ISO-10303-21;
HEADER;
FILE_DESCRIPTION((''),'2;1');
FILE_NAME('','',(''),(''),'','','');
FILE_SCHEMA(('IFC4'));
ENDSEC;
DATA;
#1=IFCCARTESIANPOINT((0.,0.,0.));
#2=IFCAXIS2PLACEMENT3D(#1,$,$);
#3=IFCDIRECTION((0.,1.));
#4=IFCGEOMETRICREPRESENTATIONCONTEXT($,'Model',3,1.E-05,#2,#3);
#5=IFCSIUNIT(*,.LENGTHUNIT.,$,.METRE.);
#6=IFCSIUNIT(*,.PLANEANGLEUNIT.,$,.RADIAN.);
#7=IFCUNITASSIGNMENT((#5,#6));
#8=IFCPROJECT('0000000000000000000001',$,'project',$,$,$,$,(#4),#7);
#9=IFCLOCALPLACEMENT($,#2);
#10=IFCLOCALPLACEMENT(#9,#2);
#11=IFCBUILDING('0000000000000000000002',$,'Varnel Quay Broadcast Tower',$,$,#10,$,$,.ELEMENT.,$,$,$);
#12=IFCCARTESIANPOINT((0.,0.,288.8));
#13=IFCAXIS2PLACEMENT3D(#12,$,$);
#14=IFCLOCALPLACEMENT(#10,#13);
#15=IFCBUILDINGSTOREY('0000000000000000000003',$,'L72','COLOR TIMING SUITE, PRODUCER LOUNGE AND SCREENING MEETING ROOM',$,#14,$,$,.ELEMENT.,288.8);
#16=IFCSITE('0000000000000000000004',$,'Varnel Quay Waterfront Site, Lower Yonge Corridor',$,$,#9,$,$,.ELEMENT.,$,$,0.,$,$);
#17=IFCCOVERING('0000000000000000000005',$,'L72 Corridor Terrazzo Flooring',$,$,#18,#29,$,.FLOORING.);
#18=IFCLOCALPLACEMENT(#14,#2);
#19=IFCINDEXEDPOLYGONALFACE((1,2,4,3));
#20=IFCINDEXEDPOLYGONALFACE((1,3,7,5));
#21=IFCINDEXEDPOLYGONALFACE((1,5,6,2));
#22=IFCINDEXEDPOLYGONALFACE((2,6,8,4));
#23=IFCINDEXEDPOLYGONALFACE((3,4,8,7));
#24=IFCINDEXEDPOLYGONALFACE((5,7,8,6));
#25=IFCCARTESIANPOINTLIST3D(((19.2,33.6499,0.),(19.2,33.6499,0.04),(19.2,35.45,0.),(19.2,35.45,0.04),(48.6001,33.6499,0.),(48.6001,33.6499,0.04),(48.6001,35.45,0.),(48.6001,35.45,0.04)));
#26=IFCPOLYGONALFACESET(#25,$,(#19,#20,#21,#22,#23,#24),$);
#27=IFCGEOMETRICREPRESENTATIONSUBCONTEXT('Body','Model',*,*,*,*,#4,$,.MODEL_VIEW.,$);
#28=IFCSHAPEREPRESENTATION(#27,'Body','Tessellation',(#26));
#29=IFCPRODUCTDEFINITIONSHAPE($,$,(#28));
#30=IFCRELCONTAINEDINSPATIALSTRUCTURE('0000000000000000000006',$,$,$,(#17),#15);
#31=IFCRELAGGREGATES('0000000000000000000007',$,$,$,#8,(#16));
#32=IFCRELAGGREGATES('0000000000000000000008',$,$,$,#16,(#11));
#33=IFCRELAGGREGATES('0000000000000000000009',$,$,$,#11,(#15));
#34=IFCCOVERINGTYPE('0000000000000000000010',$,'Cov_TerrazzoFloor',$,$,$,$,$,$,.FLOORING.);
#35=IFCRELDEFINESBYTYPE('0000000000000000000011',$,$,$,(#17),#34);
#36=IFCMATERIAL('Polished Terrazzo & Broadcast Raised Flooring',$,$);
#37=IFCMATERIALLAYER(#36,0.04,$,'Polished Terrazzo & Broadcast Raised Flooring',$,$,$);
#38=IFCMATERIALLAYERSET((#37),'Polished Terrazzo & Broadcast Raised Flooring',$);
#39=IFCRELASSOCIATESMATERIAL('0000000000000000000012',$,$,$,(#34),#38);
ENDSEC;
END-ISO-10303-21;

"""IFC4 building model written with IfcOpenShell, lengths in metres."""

from ifc_helpers import new_model, si_unit, direction, frame, origin, place, context, subcontext, project, spatial, polyline, outline, extrude, material, layer, layer_set, type_object, element, save


model = new_model("IFC4")

# Units and contexts
model_context = context("Model", 3, precision=1e-05, world=origin(), true_north=direction((0.0, 1.0)))
body_context = subcontext(model_context, "Body", "Model", "MODEL_VIEW")
ifc_project = project(units=[si_unit("LENGTHUNIT", "METRE"), si_unit("PLANEANGLEUNIT", "RADIAN")], contexts=[model_context])

# Site, building, storey
site_placement = place(None, origin())
site = spatial("IfcSite", under=ifc_project, at=site_placement, Name="Varnel Quay Waterfront Site, Lower Yonge Corridor", CompositionType="ELEMENT", RefElevation=0.0)
building_placement = place(site_placement, origin())
building = spatial("IfcBuilding", under=site, at=building_placement, Name="Varnel Quay Broadcast Tower", CompositionType="ELEMENT")
storey_placement = place(building_placement, frame((0.0, 0.0, 288.8)))
storey = spatial("IfcBuildingStorey", under=building, at=storey_placement, Name="L72", Description="COLOR TIMING SUITE, PRODUCER LOUNGE AND SCREENING MEETING ROOM", CompositionType="ELEMENT", Elevation=288.8)

# Covering
ifc_material_1 = material(Name="Polished Terrazzo & Broadcast Raised Flooring")
ifc_layer_1 = layer(ifc_material_1, 0.04, Name="Polished Terrazzo & Broadcast Raised Flooring")
ifc_layer_set_1 = layer_set([ifc_layer_1], Name="Polished Terrazzo & Broadcast Raised Flooring")
covering_type_1 = type_object("IfcCoveringType", Name="Cov_TerrazzoFloor", PredefinedType="FLOORING", material=ifc_layer_set_1)
covering_1_placement = place(storey_placement, origin())
element("IfcCovering", 1, at=covering_1_placement, inside=storey, type_object=covering_type_1, Name="L72 Corridor Terrazzo Flooring", PredefinedType="FLOORING", context=body_context, shape_type="SweptSolid", body=[
    extrude(outline(polyline([(19.2, 33.6499), (48.6001, 33.6499), (48.6001, 35.45), (19.2, 35.45), (19.2, 33.6499)])), origin(), (0.0, 0.0, 1.0), 0.04),
])

save(model, "model.ifc")
